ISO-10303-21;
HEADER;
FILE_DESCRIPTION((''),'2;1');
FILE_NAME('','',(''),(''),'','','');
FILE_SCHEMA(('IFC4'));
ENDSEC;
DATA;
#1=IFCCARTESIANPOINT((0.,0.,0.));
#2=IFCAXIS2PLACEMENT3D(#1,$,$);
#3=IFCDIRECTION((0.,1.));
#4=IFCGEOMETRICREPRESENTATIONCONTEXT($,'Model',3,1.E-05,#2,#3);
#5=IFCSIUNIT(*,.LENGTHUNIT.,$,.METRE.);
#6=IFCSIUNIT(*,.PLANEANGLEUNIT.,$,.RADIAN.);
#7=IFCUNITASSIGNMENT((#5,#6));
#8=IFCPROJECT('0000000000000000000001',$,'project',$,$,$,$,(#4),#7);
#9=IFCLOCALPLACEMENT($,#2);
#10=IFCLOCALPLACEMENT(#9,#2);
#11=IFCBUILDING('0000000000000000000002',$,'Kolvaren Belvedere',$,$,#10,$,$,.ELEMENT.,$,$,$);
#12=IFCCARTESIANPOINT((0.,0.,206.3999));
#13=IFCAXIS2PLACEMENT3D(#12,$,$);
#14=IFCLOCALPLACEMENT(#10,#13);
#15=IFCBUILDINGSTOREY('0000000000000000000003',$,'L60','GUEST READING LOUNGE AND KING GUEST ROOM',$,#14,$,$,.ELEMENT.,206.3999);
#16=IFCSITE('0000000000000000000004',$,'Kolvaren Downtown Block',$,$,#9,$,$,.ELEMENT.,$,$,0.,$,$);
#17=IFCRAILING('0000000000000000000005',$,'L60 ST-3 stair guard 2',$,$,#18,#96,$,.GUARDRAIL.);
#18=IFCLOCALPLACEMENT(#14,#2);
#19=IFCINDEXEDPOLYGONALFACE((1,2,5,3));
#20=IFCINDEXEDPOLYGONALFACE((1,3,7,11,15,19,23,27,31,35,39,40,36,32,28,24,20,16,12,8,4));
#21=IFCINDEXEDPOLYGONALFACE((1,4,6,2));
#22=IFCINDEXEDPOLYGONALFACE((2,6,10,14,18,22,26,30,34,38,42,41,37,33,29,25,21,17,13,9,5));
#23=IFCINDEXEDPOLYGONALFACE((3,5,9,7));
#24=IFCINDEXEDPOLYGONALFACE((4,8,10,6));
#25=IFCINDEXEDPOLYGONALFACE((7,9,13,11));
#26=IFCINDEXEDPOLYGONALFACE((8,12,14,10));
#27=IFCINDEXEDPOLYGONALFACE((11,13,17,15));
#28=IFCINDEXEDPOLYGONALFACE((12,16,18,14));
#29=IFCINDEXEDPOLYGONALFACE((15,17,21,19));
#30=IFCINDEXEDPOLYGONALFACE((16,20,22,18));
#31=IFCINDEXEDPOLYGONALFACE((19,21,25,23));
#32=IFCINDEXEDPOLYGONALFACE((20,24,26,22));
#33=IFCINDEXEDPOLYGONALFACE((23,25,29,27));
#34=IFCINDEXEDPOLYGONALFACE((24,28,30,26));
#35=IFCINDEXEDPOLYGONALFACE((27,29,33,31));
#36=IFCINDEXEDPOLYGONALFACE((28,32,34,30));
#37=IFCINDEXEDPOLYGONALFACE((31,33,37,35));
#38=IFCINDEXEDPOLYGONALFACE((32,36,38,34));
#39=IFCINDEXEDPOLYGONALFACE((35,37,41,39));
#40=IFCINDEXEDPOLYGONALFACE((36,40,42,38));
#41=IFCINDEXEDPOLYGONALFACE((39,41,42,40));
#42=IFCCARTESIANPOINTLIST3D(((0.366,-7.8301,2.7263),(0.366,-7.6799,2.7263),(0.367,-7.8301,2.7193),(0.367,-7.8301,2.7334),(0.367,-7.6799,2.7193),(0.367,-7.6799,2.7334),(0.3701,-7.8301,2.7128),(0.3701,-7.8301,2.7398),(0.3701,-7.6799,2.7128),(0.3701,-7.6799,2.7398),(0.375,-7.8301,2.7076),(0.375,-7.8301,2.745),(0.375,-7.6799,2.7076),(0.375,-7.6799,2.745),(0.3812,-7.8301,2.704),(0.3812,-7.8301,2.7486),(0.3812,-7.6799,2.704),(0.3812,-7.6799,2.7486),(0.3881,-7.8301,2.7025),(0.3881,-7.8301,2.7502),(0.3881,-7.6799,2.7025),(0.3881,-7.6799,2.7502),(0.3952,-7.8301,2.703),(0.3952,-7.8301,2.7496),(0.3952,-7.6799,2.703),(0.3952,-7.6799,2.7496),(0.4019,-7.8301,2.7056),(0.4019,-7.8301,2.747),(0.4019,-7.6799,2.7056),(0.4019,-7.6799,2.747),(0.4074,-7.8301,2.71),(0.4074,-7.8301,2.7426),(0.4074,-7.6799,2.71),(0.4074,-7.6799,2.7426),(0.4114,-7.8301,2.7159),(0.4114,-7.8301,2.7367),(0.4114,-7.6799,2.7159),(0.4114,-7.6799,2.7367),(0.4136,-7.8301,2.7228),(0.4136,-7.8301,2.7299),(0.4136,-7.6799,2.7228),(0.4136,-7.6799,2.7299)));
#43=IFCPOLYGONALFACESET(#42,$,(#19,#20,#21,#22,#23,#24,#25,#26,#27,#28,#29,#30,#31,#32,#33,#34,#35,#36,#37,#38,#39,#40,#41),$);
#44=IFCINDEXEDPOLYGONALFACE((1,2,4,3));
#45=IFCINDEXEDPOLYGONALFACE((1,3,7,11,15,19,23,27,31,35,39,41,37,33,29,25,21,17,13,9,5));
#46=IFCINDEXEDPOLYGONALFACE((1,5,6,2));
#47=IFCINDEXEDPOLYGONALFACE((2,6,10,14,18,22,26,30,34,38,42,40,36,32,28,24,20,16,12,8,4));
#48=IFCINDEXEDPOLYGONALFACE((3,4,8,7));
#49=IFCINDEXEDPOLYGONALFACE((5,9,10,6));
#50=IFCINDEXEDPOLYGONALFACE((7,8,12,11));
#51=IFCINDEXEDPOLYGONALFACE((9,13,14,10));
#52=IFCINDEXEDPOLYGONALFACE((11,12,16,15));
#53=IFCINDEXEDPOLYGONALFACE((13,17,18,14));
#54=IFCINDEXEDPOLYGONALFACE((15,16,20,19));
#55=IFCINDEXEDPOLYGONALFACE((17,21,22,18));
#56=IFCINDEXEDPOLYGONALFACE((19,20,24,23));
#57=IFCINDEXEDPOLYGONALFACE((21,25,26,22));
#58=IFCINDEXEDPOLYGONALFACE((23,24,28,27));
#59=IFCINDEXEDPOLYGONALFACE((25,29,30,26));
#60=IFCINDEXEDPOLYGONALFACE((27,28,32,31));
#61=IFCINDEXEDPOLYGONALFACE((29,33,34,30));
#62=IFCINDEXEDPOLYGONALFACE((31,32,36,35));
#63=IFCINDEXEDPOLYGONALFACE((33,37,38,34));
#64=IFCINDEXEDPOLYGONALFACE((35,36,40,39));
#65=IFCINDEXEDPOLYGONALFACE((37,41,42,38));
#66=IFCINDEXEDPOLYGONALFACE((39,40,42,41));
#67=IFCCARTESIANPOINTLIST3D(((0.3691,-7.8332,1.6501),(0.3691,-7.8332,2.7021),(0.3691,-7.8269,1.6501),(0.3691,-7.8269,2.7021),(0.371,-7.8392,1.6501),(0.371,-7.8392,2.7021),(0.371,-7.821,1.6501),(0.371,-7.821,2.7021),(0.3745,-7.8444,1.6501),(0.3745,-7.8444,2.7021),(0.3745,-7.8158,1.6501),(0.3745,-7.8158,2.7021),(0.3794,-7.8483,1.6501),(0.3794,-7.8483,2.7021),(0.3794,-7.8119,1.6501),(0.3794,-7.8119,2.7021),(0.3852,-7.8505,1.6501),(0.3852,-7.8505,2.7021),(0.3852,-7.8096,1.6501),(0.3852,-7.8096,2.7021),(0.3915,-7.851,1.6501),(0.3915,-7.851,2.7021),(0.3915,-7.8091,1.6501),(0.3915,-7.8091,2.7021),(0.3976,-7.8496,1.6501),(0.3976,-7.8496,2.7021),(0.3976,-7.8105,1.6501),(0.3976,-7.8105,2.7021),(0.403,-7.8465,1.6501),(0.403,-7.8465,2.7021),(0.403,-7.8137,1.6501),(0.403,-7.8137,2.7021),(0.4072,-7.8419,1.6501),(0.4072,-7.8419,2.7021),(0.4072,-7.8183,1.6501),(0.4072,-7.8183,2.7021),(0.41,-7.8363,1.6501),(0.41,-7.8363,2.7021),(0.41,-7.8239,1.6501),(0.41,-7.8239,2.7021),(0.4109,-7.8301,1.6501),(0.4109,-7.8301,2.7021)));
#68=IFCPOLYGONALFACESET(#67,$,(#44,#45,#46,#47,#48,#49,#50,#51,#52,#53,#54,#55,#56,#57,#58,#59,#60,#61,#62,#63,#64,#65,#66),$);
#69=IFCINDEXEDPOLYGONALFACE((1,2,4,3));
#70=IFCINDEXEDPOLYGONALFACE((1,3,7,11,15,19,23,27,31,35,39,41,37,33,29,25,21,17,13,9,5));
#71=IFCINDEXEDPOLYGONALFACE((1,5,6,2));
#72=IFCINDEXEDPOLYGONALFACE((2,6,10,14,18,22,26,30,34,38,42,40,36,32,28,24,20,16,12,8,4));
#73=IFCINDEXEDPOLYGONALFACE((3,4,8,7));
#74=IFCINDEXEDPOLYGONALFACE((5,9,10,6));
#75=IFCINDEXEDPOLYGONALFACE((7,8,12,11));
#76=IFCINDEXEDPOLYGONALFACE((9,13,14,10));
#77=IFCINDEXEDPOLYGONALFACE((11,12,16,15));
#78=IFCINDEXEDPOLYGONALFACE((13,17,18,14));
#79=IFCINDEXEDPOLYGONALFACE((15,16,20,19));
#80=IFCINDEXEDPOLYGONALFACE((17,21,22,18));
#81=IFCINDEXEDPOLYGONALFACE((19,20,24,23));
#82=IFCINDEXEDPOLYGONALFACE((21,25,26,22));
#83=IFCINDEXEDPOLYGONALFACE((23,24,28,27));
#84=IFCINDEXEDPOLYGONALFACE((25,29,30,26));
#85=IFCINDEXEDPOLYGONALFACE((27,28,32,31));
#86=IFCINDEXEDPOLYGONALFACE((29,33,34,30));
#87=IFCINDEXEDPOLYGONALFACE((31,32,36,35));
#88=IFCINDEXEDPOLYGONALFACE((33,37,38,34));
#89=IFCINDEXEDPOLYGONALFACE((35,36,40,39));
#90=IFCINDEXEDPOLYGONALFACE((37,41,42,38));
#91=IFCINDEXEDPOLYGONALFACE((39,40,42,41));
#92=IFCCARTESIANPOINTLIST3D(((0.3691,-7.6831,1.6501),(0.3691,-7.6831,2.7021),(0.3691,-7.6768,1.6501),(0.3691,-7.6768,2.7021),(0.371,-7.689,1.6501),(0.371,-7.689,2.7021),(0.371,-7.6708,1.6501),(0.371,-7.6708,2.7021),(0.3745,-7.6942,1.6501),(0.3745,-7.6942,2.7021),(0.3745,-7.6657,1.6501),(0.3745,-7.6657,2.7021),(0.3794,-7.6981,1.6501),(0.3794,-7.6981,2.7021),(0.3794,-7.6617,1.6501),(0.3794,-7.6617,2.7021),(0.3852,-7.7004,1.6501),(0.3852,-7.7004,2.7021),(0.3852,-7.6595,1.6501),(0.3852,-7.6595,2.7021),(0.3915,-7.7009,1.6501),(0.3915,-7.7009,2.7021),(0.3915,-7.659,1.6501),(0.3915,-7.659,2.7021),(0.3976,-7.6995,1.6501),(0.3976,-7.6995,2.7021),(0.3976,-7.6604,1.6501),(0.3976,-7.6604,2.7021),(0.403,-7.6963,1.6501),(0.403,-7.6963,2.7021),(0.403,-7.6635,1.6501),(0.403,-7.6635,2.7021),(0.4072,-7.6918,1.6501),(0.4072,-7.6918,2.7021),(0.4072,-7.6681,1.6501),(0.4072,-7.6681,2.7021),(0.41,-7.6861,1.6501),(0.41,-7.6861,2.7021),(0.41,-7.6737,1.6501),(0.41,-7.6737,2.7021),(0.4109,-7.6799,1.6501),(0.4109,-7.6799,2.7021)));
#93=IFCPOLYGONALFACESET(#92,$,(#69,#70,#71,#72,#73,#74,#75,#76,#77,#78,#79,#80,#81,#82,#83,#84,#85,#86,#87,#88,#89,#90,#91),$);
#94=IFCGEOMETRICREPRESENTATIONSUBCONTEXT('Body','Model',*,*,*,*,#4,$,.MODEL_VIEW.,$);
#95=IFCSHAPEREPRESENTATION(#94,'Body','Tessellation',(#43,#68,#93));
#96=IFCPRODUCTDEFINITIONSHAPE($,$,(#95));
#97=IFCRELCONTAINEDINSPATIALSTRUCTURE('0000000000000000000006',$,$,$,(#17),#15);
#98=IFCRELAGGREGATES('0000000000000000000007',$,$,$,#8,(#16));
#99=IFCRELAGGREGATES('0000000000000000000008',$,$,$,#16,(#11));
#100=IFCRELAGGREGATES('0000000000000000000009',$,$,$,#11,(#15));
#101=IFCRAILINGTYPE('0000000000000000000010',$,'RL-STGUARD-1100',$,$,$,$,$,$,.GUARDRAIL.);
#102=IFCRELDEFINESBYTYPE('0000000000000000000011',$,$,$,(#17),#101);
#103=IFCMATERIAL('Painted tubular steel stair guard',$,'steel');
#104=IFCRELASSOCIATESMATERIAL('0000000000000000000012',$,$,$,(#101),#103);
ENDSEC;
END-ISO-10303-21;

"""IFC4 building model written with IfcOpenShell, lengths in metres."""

from ifc_helpers import new_model, si_unit, direction, frame, origin, origin_2d, place, context, subcontext, project, spatial, circle, extrude, material, type_object, element, save


model = new_model("IFC4")

# Units and contexts
model_context = context("Model", 3, precision=1e-05, world=origin(), true_north=direction((0.0, 1.0)))
body_context = subcontext(model_context, "Body", "Model", "MODEL_VIEW")
ifc_project = project(units=[si_unit("LENGTHUNIT", "METRE"), si_unit("PLANEANGLEUNIT", "RADIAN")], contexts=[model_context])

# Site, building, storey
site_placement = place(None, origin())
site = spatial("IfcSite", under=ifc_project, at=site_placement, Name="Kolvaren Downtown Block", CompositionType="ELEMENT", RefElevation=0.0)
building_placement = place(site_placement, origin())
building = spatial("IfcBuilding", under=site, at=building_placement, Name="Kolvaren Belvedere", CompositionType="ELEMENT")
storey_placement = place(building_placement, frame((0.0, 0.0, 206.3999)))
storey = spatial("IfcBuildingStorey", under=building, at=storey_placement, Name="L60", Description="GUEST READING LOUNGE AND KING GUEST ROOM", CompositionType="ELEMENT", Elevation=206.3999)

# Railing
ifc_material_1 = material(Name="Painted tubular steel stair guard", Category="steel")
railing_type_1 = type_object("IfcRailingType", Name="RL-STGUARD-1100", PredefinedType="GUARDRAIL", material=ifc_material_1)
railing_1_placement = place(storey_placement, frame((0.3899, -7.8301, 1.6501)))
element("IfcRailing", 1, at=railing_1_placement, inside=storey, type_object=railing_type_1, Name="L60 ST-3 stair guard 2", PredefinedType="GUARDRAIL", context=body_context, shape_type="SweptSolid", body=[
    extrude(circle(Radius=0.0239, at=origin_2d()), frame((0.0, 0.0, 1.0762), z_axis=(0.0, 1.0, 0.0), x_axis=(-1.0, 0.0, 0.0)), (0.0, 0.0, 1.0), 0.1501),
    extrude(circle(Radius=0.021, at=origin_2d()), origin(), (0.0, 0.0, 1.0), 1.052),
    extrude(circle(Radius=0.021, at=origin_2d()), frame((0.0, 0.1501, 0.0)), (0.0, 0.0, 1.0), 1.052),
])

save(model, "model.ifc")
